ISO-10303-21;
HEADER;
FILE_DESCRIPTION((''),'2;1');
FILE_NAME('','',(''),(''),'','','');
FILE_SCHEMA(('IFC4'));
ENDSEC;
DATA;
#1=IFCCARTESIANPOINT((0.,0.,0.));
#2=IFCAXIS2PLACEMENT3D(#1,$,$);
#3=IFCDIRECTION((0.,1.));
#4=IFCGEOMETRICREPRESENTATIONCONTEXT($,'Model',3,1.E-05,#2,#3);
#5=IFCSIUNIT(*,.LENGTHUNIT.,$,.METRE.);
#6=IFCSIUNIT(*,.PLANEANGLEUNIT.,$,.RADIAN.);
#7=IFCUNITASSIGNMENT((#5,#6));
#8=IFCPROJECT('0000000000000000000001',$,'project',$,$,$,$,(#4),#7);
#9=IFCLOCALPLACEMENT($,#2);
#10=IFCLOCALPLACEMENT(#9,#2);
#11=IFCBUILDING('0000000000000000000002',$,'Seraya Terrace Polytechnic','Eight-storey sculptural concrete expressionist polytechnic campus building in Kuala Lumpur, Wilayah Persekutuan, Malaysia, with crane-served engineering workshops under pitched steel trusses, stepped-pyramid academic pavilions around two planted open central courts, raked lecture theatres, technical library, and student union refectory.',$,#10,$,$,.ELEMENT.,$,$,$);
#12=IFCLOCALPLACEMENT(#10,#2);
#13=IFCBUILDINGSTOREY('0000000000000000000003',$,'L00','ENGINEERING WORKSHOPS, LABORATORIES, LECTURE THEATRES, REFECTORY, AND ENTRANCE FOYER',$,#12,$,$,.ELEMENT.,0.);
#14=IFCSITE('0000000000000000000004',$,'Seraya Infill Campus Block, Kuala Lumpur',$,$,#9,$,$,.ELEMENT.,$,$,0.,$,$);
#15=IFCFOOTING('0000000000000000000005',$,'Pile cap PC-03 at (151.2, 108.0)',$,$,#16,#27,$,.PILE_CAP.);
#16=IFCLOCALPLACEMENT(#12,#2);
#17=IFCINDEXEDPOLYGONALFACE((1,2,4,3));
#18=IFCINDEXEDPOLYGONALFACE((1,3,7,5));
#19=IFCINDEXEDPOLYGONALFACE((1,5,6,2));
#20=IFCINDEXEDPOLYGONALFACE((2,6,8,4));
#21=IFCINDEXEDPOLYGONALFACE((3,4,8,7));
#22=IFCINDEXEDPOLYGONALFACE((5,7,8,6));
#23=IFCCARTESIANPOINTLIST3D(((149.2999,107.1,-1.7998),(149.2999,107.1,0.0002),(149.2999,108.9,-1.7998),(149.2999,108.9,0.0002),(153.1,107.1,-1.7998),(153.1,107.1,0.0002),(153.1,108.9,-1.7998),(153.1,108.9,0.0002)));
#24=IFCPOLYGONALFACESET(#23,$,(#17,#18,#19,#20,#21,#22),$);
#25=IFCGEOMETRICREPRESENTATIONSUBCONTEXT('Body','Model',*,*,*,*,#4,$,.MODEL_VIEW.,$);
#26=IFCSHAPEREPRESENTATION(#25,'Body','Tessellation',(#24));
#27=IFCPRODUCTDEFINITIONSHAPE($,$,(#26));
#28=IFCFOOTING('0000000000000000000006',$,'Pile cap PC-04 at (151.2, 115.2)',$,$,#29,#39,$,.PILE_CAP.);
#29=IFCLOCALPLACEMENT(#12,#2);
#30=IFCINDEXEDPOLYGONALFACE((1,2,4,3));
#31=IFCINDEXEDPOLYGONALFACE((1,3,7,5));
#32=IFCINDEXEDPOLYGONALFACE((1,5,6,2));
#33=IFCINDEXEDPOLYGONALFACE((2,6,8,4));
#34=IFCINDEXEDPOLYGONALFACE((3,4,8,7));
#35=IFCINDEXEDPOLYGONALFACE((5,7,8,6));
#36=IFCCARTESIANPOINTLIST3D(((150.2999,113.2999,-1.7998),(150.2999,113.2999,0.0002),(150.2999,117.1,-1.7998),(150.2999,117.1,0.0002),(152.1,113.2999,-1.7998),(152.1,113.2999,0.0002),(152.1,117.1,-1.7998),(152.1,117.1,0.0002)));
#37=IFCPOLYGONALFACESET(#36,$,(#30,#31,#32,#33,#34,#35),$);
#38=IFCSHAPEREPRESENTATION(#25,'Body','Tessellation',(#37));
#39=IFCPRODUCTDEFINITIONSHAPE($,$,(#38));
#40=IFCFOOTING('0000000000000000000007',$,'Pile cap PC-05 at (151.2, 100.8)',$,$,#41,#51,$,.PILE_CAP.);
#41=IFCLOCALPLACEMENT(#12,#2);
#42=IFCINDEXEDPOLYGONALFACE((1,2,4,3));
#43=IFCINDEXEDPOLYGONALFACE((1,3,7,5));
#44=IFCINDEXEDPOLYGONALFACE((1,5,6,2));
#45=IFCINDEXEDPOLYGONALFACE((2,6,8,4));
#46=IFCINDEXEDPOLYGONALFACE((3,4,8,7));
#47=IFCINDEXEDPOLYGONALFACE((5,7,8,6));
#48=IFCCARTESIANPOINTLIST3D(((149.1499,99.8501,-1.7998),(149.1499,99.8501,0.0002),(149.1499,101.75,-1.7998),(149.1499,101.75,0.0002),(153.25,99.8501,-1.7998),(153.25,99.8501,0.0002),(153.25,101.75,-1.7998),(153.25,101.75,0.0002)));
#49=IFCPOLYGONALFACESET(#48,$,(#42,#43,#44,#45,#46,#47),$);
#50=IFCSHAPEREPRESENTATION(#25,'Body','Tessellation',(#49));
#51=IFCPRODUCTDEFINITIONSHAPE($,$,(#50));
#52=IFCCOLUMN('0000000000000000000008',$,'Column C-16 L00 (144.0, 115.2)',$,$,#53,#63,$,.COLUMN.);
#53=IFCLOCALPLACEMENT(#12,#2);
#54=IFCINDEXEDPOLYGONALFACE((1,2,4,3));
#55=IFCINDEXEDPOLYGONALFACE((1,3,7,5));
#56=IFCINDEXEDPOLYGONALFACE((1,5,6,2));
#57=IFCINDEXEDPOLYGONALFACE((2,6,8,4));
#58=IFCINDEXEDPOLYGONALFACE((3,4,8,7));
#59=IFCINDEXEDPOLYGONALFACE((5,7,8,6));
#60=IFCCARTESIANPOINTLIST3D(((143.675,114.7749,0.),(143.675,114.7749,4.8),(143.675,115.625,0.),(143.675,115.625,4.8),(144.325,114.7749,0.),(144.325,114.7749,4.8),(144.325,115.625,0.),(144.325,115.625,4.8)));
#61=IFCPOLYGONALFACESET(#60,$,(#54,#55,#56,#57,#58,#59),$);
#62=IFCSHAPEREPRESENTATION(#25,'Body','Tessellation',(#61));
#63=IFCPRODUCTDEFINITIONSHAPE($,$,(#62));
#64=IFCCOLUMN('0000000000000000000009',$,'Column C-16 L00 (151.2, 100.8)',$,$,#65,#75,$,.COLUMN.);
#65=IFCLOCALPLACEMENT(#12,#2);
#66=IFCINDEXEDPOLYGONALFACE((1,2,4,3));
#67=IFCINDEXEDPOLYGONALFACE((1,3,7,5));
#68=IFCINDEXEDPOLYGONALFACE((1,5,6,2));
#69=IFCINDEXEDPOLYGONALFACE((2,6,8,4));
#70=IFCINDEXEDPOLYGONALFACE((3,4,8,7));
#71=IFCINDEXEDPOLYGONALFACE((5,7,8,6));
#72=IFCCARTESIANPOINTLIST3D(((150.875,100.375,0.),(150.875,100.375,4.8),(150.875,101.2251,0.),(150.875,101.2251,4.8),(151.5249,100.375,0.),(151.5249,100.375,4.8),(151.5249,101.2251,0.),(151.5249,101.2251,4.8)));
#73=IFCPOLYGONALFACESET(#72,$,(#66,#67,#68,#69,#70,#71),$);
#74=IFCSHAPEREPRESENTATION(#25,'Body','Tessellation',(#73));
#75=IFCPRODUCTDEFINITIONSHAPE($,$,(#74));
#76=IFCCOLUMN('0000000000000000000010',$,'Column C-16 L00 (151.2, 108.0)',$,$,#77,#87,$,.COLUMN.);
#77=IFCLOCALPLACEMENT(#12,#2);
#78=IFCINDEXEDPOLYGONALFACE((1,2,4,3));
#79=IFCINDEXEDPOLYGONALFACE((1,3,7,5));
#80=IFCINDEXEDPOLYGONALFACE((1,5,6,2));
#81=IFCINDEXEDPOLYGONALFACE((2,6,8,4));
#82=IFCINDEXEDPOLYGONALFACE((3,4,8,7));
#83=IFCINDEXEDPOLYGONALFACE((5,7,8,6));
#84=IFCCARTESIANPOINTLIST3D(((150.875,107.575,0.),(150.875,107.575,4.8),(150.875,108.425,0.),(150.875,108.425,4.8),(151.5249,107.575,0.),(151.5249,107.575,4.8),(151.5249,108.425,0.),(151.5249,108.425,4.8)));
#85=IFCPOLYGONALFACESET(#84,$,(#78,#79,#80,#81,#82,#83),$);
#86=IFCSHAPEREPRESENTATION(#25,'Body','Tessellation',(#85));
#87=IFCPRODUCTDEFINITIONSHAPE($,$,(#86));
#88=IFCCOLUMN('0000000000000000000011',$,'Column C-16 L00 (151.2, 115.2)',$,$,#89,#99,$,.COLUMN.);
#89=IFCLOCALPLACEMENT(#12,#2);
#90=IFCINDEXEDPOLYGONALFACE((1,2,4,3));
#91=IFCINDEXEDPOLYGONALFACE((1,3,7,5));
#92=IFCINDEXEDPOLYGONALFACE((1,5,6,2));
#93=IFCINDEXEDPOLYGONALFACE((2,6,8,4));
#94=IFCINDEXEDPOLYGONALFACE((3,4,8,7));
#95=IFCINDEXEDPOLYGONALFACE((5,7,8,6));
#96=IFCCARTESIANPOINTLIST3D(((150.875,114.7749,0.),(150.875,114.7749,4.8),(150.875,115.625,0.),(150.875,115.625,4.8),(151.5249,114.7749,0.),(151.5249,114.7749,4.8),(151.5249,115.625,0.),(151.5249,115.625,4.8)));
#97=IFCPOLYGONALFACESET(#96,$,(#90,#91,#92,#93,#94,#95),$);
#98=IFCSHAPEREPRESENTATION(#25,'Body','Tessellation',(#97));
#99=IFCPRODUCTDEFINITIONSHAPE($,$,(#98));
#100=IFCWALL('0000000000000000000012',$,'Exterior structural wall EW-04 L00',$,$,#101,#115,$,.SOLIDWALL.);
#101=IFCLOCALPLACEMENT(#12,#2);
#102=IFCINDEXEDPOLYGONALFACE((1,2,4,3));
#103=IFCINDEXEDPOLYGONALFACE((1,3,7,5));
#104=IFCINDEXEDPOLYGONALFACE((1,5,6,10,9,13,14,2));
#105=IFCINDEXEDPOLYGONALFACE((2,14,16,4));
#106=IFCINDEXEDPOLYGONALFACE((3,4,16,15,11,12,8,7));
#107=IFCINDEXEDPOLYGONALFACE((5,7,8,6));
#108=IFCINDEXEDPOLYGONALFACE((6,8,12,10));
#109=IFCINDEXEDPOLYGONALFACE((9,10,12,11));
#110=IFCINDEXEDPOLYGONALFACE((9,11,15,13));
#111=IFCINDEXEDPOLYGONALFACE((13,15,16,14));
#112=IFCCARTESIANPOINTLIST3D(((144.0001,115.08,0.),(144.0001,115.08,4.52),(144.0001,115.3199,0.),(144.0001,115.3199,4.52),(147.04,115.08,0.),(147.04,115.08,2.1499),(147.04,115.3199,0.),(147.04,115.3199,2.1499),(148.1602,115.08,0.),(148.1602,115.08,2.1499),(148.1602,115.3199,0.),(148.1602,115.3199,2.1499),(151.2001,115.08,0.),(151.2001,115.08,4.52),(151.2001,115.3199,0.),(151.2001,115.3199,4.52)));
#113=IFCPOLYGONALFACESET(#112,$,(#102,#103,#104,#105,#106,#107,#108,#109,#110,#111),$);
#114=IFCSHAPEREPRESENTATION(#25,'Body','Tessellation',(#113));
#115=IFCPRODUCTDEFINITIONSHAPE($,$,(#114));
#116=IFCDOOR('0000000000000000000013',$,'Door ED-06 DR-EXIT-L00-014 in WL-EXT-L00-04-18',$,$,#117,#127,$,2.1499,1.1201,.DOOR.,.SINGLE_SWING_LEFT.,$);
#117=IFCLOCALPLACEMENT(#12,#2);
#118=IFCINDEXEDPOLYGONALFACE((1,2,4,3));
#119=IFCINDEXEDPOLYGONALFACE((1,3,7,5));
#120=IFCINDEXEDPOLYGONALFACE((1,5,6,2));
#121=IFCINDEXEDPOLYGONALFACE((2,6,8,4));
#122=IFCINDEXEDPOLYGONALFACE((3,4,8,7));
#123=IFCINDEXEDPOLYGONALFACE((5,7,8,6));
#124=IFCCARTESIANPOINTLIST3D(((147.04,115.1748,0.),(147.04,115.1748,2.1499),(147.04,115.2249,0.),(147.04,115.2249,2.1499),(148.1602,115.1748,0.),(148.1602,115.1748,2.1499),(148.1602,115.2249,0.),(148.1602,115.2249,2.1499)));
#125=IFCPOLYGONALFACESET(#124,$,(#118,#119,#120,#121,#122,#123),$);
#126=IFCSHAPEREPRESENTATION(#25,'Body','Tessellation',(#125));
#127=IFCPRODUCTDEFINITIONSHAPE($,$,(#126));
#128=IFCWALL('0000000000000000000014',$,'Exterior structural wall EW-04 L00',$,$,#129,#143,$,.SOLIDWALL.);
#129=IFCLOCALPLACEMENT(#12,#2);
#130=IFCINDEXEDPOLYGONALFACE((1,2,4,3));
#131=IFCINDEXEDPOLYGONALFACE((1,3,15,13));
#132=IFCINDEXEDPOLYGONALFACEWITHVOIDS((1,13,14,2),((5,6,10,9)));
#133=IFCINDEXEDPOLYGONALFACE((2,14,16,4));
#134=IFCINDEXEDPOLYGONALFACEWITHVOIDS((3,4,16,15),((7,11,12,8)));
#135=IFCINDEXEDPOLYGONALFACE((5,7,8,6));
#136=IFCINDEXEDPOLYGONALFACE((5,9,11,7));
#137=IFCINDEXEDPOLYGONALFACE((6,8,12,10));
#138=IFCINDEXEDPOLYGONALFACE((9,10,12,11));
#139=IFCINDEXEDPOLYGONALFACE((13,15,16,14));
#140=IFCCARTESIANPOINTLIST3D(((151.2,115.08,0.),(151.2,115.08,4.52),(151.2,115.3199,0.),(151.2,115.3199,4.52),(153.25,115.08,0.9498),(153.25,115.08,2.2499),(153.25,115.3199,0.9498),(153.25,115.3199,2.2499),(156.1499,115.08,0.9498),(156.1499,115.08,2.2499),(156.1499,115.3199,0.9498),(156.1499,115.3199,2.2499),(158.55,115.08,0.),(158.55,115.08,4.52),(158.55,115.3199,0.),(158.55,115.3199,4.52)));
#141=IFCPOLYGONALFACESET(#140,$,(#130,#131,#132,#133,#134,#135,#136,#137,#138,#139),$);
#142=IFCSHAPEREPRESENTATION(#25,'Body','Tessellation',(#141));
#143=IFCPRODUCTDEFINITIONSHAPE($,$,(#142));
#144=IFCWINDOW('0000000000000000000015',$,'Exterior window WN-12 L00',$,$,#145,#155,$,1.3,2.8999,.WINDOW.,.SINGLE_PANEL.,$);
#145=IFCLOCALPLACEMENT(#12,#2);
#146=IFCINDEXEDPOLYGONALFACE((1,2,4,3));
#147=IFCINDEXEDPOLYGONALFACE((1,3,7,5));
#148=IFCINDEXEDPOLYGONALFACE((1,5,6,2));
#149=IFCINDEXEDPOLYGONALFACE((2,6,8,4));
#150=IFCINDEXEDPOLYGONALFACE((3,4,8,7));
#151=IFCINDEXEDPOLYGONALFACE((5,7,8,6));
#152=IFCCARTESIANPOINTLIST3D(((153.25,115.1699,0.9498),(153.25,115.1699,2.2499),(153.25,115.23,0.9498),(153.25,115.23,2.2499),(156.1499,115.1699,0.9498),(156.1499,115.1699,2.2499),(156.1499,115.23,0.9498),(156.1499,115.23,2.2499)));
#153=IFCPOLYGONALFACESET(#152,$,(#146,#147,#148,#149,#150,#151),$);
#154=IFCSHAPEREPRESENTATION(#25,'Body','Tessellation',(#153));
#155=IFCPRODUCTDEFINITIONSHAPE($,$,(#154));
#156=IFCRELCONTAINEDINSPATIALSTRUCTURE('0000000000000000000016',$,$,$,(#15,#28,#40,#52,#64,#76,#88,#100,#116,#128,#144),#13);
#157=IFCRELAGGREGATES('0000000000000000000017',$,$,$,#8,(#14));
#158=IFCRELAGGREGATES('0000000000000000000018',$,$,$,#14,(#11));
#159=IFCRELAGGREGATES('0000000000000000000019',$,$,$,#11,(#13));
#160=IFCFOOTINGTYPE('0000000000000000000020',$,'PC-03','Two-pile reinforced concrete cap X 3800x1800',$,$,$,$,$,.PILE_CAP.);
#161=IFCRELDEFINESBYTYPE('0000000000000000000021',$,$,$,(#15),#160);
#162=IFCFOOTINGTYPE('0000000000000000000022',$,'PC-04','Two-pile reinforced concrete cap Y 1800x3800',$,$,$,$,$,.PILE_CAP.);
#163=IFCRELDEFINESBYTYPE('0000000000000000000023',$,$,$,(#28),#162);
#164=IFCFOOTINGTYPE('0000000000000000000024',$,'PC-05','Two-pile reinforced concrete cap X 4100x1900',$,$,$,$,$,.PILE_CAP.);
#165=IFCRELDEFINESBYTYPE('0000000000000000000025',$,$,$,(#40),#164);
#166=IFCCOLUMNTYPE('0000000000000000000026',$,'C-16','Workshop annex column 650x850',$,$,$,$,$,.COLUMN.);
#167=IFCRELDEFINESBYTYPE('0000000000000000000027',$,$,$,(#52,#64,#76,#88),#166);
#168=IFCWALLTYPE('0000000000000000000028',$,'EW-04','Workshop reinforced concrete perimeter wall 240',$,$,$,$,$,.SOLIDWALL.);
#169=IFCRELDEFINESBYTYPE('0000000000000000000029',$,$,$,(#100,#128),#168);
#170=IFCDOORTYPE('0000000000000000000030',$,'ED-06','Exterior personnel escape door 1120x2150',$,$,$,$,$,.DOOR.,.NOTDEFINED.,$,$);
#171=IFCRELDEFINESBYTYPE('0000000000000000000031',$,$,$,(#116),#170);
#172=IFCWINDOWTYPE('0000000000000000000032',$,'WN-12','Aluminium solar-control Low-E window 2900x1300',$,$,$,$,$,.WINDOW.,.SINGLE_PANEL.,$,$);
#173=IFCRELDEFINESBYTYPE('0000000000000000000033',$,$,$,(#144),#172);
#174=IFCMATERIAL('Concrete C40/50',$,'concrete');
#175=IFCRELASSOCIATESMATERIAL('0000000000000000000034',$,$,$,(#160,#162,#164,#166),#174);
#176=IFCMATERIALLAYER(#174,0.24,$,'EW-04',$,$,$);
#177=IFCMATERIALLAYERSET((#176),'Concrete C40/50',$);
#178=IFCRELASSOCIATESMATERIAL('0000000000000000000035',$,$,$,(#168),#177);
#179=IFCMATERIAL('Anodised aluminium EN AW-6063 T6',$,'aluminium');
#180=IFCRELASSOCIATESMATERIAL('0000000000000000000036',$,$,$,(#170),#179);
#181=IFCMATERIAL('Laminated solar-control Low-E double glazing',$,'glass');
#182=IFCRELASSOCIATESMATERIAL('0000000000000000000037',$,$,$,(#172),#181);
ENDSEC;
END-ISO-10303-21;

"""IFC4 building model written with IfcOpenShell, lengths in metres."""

from ifc_helpers import new_model, si_unit, direction, frame, frame_2d, origin, origin_2d, place, context, subcontext, project, spatial, rectangle, extrude, material, layer, layer_set, material_profile, profile_set, type_object, element, fill, save


model = new_model("IFC4")

# Units and contexts
model_context = context("Model", 3, precision=1e-05, world=origin(), true_north=direction((0.0, 1.0)))
body_context = subcontext(model_context, "Body", "Model", "MODEL_VIEW")
ifc_project = project(units=[si_unit("LENGTHUNIT", "METRE"), si_unit("PLANEANGLEUNIT", "RADIAN")], contexts=[model_context])

# Site, building, storey
site_placement = place(None, origin())
site = spatial("IfcSite", under=ifc_project, at=site_placement, Name="Seraya Infill Campus Block, Kuala Lumpur", CompositionType="ELEMENT", RefElevation=0.0)
building_placement = place(site_placement, origin())
building = spatial("IfcBuilding", under=site, at=building_placement, Name="Seraya Terrace Polytechnic", Description="Eight-storey sculptural concrete expressionist polytechnic campus building in Kuala Lumpur, Wilayah Persekutuan, Malaysia, with crane-served engineering workshops under pitched steel trusses, stepped-pyramid academic pavilions around two planted open central courts, raked lecture theatres, technical library, and student union refectory.", CompositionType="ELEMENT")
storey_placement = place(building_placement, origin())
storey = spatial("IfcBuildingStorey", under=building, at=storey_placement, Name="L00", Description="ENGINEERING WORKSHOPS, LABORATORIES, LECTURE THEATRES, REFECTORY, AND ENTRANCE FOYER", CompositionType="ELEMENT", Elevation=0.0)

# Shared definitions
ifc_material_1 = material(Name="Concrete C40/50", Category="concrete")

# Footings
footing_type_1 = type_object("IfcFootingType", Name="PC-03", Description="Two-pile reinforced concrete cap X 3800x1800", PredefinedType="PILE_CAP", material=ifc_material_1)
footing_1_placement = place(storey_placement, frame((151.2, 108.0, -1.7998), z_axis=(0.0, 0.0, 1.0), x_axis=(1.0, 0.0, 0.0)))
element("IfcFooting", 1, at=footing_1_placement, inside=storey, type_object=footing_type_1, Name="Pile cap PC-03 at (151.2, 108.0)", PredefinedType="PILE_CAP", context=body_context, shape_type="SweptSolid", body=[
    extrude(rectangle(XDim=3.8, YDim=1.8, at=origin_2d()), origin(), (0.0, 0.0, 1.0), 1.8),
])
footing_type_2 = type_object("IfcFootingType", Name="PC-04", Description="Two-pile reinforced concrete cap Y 1800x3800", PredefinedType="PILE_CAP", material=ifc_material_1)
footing_2_placement = place(storey_placement, frame((151.2, 115.2, -1.7998), z_axis=(0.0, 0.0, 1.0), x_axis=(1.0, 0.0, 0.0)))
element("IfcFooting", 2, at=footing_2_placement, inside=storey, type_object=footing_type_2, Name="Pile cap PC-04 at (151.2, 115.2)", PredefinedType="PILE_CAP", context=body_context, shape_type="SweptSolid", body=[
    extrude(rectangle(XDim=1.8, YDim=3.8, at=origin_2d()), origin(), (0.0, 0.0, 1.0), 1.8),
])
footing_type_3 = type_object("IfcFootingType", Name="PC-05", Description="Two-pile reinforced concrete cap X 4100x1900", PredefinedType="PILE_CAP", material=ifc_material_1)
footing_3_placement = place(storey_placement, frame((151.2, 100.8, -1.7998), z_axis=(0.0, 0.0, 1.0), x_axis=(1.0, 0.0, 0.0)))
element("IfcFooting", 3, at=footing_3_placement, inside=storey, type_object=footing_type_3, Name="Pile cap PC-05 at (151.2, 100.8)", PredefinedType="PILE_CAP", context=body_context, shape_type="SweptSolid", body=[
    extrude(rectangle(XDim=4.1001, YDim=1.8999, at=origin_2d()), origin(), (0.0, 0.0, 1.0), 1.8),
])

# Columns
ifc_material_profile_1 = material_profile(ifc_material_1, rectangle(XDim=0.6499, YDim=0.8501, at=origin_2d()), Name="RC 650x850")
ifc_profile_set_1 = profile_set([ifc_material_profile_1], Name="Concrete C40/50")
column_type = type_object("IfcColumnType", Name="C-16", Description="Workshop annex column 650x850", PredefinedType="COLUMN", material=ifc_profile_set_1)
for number, where, z_axis, x_axis, name in (
    (4, (144.0, 115.2, 0.0), (0.0, 0.0, 1.0), (1.0, 0.0, 0.0), "Column C-16 L00 (144.0, 115.2)"),
    (5, (151.2, 100.8, 0.0), (0.0, 0.0, 1.0), (1.0, 0.0, 0.0), "Column C-16 L00 (151.2, 100.8)"),
    (6, (151.2, 108.0, 0.0), (0.0, 0.0, 1.0), (1.0, 0.0, 0.0), "Column C-16 L00 (151.2, 108.0)"),
    (7, (151.2, 115.2, 0.0), (0.0, 0.0, 1.0), (1.0, 0.0, 0.0), "Column C-16 L00 (151.2, 115.2)"),
):
    element("IfcColumn", number, at=place(storey_placement, frame(where, z_axis=z_axis, x_axis=x_axis)), inside=storey, type_object=column_type, Name=name, PredefinedType="COLUMN", context=body_context, shape_type="SweptSolid", body=[
        extrude(rectangle(XDim=0.6499, YDim=0.8501, at=origin_2d()), origin(), (0.0, 0.0, 1.0), 4.8),
    ])

# Wall, opening, door
ifc_layer = layer(ifc_material_1, 0.24, Name="EW-04")
ifc_layer_set = layer_set([ifc_layer], Name="Concrete C40/50")
wall_type = type_object("IfcWallType", Name="EW-04", Description="Workshop reinforced concrete perimeter wall 240", PredefinedType="SOLIDWALL", material=ifc_layer_set)
wall_1_placement = place(storey_placement, frame((144.0, 115.2, 0.0), z_axis=(0.0, 0.0, 1.0), x_axis=(1.0, 0.0, 0.0)))
wall_1 = element("IfcWall", 8, at=wall_1_placement, inside=storey, type_object=wall_type, Name="Exterior structural wall EW-04 L00", PredefinedType="SOLIDWALL", context=body_context, shape_type="SweptSolid", body=[
    extrude(rectangle(XDim=7.2, YDim=0.24, at=frame_2d((3.6001, 0.0))), origin(), (0.0, 0.0, 1.0), 4.52),
])
opening_1_placement = place(wall_1_placement, frame((3.04, 0.0, 0.0)))
opening_1 = element("IfcOpeningElement", 9, at=opening_1_placement, cuts=wall_1, PredefinedType="OPENING", context=body_context, shape_type="SweptSolid", body=[
    extrude(rectangle(XDim=1.1201, YDim=2.1499, at=frame_2d((0.5601, 1.075))), frame((0.0, 0.1318, 0.0), z_axis=(0.0, -1.0, 0.0), x_axis=(1.0, 0.0, 0.0)), (0.0, 0.0, 1.0), 0.2639),
])
ifc_material_2 = material(Name="Anodised aluminium EN AW-6063 T6", Category="aluminium")
door_type = type_object("IfcDoorType", Name="ED-06", Description="Exterior personnel escape door 1120x2150", OperationType="NOTDEFINED", PredefinedType="DOOR", material=ifc_material_2)
door_placement = place(opening_1_placement, origin())
door = element("IfcDoor", 10, at=door_placement, inside=storey, type_object=door_type, Name="Door ED-06 DR-EXIT-L00-014 in WL-EXT-L00-04-18", OperationType="SINGLE_SWING_LEFT", OverallHeight=2.1499, OverallWidth=1.1201, PredefinedType="DOOR", context=body_context, shape_type="SweptSolid", body=[
    extrude(rectangle(XDim=1.1201, YDim=2.1499, at=frame_2d((0.5601, 1.075))), frame((0.0, 0.0249, 0.0), z_axis=(0.0, -1.0, 0.0), x_axis=(1.0, 0.0, 0.0)), (0.0, 0.0, 1.0), 0.05),
])
fill(opening_1, door)

# Wall, opening, window
wall_2_placement = place(storey_placement, frame((151.2, 115.2, 0.0), z_axis=(0.0, 0.0, 1.0), x_axis=(1.0, 0.0, 0.0)))
wall_2 = element("IfcWall", 11, at=wall_2_placement, inside=storey, type_object=wall_type, Name="Exterior structural wall EW-04 L00", PredefinedType="SOLIDWALL", context=body_context, shape_type="SweptSolid", body=[
    extrude(rectangle(XDim=7.3501, YDim=0.24, at=frame_2d((3.675, 0.0))), origin(), (0.0, 0.0, 1.0), 4.52),
])
opening_2_placement = place(wall_2_placement, frame((2.05, 0.0, 0.95)))
opening_2 = element("IfcOpeningElement", 12, at=opening_2_placement, cuts=wall_2, PredefinedType="OPENING", context=body_context, shape_type="SweptSolid", body=[
    extrude(rectangle(XDim=2.8999, YDim=1.3, at=frame_2d((1.45, 0.6499))), frame((0.0, 0.1318, 0.0), z_axis=(0.0, -1.0, 0.0), x_axis=(1.0, 0.0, 0.0)), (0.0, 0.0, 1.0), 0.2639),
])
ifc_material_3 = material(Name="Laminated solar-control Low-E double glazing", Category="glass")
window_type = type_object("IfcWindowType", Name="WN-12", Description="Aluminium solar-control Low-E window 2900x1300", PartitioningType="SINGLE_PANEL", PredefinedType="WINDOW", material=ifc_material_3)
window_placement = place(opening_2_placement, origin())
window = element("IfcWindow", 13, at=window_placement, inside=storey, type_object=window_type, Name="Exterior window WN-12 L00", OverallHeight=1.3, OverallWidth=2.8999, PartitioningType="SINGLE_PANEL", PredefinedType="WINDOW", context=body_context, shape_type="SweptSolid", body=[
    extrude(rectangle(XDim=2.8999, YDim=1.3, at=frame_2d((1.45, 0.6499))), frame((0.0, 0.03, 0.0), z_axis=(0.0, -1.0, 0.0), x_axis=(1.0, 0.0, 0.0)), (0.0, 0.0, 1.0), 0.0601),
])
fill(opening_2, window)

save(model, "model.ifc")
